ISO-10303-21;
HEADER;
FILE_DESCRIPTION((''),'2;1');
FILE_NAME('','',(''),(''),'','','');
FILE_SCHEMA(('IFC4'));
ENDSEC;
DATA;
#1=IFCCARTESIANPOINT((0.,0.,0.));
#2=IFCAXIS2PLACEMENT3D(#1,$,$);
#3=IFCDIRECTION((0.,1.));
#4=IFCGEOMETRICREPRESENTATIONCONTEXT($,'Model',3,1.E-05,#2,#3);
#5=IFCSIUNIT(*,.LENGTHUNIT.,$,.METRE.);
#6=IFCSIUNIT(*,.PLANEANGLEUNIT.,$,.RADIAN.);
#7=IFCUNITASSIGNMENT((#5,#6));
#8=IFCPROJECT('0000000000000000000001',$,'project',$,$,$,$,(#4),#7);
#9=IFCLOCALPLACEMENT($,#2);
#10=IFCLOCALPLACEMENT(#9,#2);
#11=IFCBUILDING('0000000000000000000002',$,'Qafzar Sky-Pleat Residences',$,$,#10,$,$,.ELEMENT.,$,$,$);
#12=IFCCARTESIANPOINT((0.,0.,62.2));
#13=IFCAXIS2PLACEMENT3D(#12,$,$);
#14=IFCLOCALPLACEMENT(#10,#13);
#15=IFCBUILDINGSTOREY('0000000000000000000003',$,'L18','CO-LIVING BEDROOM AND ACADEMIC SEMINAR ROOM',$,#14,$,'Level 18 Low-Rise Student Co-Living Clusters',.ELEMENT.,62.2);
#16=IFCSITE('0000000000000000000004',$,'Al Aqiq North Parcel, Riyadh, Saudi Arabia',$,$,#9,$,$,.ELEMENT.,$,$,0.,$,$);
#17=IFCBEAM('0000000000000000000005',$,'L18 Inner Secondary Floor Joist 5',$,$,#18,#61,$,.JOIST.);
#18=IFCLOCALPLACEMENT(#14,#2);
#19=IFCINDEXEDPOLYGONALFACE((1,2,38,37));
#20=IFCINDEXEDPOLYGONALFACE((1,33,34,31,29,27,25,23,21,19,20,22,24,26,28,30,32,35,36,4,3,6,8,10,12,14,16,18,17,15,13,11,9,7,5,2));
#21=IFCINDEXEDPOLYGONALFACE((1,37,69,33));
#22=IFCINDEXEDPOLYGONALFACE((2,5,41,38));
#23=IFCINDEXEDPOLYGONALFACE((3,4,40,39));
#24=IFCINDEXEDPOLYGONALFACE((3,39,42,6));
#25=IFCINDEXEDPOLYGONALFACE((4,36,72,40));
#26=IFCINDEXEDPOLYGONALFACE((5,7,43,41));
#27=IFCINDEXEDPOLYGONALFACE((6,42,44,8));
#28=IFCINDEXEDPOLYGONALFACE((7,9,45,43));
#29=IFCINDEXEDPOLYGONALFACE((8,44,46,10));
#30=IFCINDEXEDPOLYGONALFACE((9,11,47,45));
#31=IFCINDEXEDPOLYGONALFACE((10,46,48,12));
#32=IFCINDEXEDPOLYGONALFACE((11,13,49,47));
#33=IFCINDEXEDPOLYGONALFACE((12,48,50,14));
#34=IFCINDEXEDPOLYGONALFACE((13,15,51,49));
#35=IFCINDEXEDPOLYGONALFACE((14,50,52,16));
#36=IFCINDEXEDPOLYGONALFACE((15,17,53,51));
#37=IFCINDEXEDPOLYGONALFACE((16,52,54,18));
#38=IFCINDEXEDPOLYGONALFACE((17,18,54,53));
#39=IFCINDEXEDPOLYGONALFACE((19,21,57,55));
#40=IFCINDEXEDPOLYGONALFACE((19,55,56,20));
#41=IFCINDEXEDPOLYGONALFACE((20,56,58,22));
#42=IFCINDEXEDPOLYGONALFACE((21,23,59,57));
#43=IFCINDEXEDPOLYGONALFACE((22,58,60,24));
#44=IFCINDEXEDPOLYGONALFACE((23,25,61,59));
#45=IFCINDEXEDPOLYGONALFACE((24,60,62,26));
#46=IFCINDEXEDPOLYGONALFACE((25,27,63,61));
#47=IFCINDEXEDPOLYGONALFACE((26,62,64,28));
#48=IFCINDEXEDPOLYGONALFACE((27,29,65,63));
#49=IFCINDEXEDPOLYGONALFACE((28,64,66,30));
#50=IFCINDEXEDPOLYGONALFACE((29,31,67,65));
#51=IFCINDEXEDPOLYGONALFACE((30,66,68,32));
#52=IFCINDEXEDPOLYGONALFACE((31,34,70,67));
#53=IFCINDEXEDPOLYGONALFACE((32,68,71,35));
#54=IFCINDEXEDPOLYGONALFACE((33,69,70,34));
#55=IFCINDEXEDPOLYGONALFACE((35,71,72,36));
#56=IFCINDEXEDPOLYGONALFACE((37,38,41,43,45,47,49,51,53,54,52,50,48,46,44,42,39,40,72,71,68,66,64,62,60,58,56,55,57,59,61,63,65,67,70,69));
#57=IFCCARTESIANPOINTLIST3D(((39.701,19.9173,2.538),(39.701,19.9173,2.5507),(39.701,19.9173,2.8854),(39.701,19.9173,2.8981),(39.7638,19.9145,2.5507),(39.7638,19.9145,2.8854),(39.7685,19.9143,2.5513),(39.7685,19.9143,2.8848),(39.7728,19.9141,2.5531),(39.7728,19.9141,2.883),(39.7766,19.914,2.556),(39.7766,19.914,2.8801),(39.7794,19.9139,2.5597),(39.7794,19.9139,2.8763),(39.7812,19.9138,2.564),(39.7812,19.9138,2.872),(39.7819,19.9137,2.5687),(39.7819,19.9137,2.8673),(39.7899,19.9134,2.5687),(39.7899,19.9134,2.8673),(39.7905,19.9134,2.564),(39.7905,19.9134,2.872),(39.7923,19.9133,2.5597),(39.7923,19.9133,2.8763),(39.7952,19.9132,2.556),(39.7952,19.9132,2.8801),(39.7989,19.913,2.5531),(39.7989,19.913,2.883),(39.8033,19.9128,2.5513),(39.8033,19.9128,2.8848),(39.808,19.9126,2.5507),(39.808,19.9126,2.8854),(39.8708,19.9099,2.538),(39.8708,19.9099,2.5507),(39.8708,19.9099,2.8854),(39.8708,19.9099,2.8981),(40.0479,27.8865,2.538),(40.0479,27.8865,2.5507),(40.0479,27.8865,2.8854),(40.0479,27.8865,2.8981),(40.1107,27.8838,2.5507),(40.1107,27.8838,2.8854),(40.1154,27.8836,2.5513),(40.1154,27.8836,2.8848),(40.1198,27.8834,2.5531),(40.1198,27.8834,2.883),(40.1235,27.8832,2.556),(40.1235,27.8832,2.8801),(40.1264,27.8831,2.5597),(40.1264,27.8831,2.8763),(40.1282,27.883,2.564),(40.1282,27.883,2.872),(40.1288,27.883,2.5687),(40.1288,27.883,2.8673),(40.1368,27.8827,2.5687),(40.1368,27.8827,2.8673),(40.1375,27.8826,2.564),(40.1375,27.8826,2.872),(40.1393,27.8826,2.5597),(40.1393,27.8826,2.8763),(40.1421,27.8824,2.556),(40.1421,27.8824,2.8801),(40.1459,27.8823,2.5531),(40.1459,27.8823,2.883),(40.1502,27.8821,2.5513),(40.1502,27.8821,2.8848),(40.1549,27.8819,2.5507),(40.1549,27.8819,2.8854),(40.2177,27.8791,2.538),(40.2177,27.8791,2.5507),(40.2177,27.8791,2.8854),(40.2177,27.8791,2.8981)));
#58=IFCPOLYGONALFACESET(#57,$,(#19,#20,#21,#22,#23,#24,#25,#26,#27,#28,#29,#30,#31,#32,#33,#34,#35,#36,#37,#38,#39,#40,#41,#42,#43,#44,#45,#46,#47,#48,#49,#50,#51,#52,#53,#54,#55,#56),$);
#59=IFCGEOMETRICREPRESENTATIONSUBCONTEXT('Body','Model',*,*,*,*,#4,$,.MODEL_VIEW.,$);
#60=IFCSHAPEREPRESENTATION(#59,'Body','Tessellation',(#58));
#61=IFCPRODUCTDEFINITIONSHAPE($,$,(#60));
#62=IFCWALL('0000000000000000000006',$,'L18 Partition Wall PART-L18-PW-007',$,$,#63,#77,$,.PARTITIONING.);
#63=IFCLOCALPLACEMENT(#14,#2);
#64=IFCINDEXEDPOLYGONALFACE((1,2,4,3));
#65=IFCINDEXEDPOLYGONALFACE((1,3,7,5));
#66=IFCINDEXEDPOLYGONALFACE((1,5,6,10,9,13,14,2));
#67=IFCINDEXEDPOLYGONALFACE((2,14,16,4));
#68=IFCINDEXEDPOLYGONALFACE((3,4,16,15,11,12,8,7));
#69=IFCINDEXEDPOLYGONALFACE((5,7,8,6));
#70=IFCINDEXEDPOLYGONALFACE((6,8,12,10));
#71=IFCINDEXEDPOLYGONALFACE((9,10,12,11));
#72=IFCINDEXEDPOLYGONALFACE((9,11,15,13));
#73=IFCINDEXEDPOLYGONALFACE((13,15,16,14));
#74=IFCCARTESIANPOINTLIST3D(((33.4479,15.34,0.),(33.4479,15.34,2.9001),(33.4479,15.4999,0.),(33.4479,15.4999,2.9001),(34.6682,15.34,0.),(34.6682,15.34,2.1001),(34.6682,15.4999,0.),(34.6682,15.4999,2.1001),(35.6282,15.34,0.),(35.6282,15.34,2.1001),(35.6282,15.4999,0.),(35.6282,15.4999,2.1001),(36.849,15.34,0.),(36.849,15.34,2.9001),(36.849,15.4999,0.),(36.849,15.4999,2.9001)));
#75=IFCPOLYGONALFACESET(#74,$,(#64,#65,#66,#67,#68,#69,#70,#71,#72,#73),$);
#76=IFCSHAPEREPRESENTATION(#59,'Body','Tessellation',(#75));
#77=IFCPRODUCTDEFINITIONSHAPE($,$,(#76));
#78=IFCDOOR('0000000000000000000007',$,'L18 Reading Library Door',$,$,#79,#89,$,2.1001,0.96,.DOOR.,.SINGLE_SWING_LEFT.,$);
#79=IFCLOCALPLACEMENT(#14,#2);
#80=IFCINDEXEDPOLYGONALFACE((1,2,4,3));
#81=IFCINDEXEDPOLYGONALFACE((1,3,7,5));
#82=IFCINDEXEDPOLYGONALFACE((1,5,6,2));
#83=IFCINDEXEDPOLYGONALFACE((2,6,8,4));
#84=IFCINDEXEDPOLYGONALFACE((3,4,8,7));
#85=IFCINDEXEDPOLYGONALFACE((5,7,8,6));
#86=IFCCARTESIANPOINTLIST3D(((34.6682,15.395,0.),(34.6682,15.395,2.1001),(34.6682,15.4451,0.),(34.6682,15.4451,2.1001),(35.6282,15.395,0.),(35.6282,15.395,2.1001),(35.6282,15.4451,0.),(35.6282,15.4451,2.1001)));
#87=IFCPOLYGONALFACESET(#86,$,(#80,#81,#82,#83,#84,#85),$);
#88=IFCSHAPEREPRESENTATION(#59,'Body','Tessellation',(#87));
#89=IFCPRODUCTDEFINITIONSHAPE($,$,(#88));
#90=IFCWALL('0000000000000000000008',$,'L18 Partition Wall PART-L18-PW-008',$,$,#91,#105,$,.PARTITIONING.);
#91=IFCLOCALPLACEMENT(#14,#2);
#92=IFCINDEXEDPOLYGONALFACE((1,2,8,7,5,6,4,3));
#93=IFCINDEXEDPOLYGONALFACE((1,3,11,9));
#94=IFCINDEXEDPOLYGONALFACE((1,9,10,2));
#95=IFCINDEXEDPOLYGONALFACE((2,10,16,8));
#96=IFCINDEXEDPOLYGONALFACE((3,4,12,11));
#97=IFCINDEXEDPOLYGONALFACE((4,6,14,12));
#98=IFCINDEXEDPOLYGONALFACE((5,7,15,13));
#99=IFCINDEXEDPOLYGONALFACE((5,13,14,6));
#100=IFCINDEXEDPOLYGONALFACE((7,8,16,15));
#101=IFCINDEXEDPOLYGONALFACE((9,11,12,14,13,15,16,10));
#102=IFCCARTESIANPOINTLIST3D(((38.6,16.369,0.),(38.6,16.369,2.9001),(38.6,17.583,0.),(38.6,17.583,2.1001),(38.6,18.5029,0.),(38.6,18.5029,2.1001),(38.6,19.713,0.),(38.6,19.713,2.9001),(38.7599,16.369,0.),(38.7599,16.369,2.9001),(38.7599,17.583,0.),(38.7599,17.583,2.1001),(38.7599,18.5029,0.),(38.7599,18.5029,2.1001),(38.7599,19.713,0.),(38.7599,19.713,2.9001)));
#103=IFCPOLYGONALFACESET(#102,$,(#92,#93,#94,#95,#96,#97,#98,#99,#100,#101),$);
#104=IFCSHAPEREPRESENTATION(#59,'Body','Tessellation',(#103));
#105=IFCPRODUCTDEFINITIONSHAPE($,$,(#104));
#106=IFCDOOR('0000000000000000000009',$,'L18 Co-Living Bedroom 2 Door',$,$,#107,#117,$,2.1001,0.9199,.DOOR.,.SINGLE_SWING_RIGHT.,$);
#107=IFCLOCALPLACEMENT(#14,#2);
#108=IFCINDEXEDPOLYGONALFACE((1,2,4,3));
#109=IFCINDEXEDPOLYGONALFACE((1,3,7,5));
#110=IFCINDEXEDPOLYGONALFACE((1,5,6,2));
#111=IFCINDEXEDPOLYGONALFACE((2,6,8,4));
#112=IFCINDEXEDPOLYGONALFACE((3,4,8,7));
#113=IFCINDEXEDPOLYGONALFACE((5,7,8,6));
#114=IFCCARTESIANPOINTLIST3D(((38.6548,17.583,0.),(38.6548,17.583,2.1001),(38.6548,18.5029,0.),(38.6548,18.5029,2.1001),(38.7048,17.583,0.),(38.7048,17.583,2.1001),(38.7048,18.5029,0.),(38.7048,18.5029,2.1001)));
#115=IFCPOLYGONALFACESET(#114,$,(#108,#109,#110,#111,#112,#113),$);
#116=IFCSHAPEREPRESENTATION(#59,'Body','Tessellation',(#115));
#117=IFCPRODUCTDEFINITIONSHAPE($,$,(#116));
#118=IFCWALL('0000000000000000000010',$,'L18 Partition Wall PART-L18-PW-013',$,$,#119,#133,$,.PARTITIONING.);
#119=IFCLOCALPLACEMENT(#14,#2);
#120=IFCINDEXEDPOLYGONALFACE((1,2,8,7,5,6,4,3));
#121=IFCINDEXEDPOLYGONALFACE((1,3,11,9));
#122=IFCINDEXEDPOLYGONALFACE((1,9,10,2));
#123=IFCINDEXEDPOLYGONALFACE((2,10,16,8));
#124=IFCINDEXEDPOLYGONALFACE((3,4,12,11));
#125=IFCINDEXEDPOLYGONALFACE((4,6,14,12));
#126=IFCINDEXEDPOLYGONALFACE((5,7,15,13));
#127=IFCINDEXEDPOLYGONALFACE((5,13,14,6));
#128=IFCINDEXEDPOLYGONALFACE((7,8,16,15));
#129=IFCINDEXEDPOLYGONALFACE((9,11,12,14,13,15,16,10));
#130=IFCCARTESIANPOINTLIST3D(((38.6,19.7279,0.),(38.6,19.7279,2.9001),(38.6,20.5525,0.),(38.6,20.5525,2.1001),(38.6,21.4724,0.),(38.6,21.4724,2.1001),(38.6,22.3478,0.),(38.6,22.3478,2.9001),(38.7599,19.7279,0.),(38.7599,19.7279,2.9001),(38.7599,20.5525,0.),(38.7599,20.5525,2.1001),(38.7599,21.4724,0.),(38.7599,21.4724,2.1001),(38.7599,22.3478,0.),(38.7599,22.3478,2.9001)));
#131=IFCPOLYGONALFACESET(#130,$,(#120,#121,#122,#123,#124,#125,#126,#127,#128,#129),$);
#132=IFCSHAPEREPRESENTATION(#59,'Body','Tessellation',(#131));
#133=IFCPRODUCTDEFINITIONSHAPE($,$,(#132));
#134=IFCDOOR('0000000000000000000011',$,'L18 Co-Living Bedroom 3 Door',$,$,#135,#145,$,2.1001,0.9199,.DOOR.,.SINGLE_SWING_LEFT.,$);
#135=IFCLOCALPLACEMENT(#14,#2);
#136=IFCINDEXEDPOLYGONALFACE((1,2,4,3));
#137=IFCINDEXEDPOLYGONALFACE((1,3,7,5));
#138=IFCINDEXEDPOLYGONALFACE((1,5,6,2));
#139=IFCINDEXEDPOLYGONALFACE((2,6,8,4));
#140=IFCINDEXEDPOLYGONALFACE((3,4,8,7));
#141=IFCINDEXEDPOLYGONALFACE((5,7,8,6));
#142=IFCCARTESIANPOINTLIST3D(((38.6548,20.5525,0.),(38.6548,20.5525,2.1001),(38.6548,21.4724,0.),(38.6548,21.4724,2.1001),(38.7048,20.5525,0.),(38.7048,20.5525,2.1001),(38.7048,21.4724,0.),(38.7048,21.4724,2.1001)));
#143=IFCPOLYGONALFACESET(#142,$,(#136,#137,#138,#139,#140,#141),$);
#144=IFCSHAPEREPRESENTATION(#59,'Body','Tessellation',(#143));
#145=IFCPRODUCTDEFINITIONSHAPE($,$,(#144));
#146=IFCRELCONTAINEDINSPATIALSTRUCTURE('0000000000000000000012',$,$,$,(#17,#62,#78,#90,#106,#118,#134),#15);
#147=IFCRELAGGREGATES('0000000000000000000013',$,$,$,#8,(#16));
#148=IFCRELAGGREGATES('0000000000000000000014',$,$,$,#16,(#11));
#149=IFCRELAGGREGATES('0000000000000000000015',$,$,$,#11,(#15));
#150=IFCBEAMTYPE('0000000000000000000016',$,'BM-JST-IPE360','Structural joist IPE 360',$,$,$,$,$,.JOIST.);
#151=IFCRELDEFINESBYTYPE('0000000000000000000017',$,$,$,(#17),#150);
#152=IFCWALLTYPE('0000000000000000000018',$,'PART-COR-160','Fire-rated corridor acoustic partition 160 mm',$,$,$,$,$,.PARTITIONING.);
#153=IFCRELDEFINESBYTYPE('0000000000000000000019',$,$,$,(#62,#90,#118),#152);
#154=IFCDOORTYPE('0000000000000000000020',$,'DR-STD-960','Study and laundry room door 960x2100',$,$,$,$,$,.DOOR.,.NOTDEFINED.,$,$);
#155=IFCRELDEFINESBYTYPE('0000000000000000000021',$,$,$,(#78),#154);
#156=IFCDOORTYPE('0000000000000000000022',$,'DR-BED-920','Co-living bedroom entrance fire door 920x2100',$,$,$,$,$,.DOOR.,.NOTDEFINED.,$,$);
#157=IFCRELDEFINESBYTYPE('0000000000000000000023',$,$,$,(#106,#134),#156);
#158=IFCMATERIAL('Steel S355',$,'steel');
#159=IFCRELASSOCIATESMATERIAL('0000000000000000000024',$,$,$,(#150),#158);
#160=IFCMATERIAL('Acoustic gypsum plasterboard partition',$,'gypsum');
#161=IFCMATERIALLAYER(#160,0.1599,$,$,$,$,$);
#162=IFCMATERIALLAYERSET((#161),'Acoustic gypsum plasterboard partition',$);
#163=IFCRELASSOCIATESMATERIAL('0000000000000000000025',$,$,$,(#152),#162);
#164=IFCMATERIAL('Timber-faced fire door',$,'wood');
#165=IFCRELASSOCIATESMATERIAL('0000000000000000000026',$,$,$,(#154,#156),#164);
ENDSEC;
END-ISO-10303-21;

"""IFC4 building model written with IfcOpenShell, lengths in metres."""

from ifc_helpers import new_model, si_unit, direction, frame, frame_2d, origin, origin_2d, place, context, subcontext, project, spatial, rectangle, i_section, extrude, source, transform, mapped, material, layer, layer_set, material_profile, profile_set, type_object, element, fill, save


model = new_model("IFC4")

# Units and contexts
model_context = context("Model", 3, precision=1e-05, world=origin(), true_north=direction((0.0, 1.0)))
body_context = subcontext(model_context, "Body", "Model", "MODEL_VIEW")
ifc_project = project(units=[si_unit("LENGTHUNIT", "METRE"), si_unit("PLANEANGLEUNIT", "RADIAN")], contexts=[model_context])

# Site, building, storey
site_placement = place(None, origin())
site = spatial("IfcSite", under=ifc_project, at=site_placement, Name="Al Aqiq North Parcel, Riyadh, Saudi Arabia", CompositionType="ELEMENT", RefElevation=0.0)
building_placement = place(site_placement, origin())
building = spatial("IfcBuilding", under=site, at=building_placement, Name="Qafzar Sky-Pleat Residences", CompositionType="ELEMENT")
storey_placement = place(building_placement, frame((0.0, 0.0, 62.2)))
storey = spatial("IfcBuildingStorey", under=building, at=storey_placement, Name="L18", Description="CO-LIVING BEDROOM AND ACADEMIC SEMINAR ROOM", LongName="Level 18 Low-Rise Student Co-Living Clusters", CompositionType="ELEMENT", Elevation=62.2)

# Beam
ifc_material_1 = material(Name="Steel S355", Category="steel")
ifc_material_profile = material_profile(ifc_material_1, i_section(OverallWidth=0.1699, OverallDepth=0.3601, WebThickness=0.0081, FlangeThickness=0.0127, FilletRadius=0.0181, at=origin_2d()), Name="IPE 360")
ifc_profile_set = profile_set([ifc_material_profile], Name="Steel S355")
beam_type = type_object("IfcBeamType", Name="BM-JST-IPE360", Description="Structural joist IPE 360", PredefinedType="JOIST", material=ifc_profile_set)
shared_shape_1 = source(origin(), body_context, "Body", "SweptSolid", [
    extrude(i_section(OverallWidth=0.1699, OverallDepth=0.3601, WebThickness=0.0081, FlangeThickness=0.0127, FilletRadius=0.0181, at=origin_2d()), origin(), (0.0, 0.0, 1.0), 7.9768),
])
beam_placement = place(storey_placement, frame((39.7859, 19.9136, 2.718), z_axis=(0.043492, 0.999054, 0.0), x_axis=(-0.999054, 0.043492, 0.0)))
element("IfcBeam", 1, at=beam_placement, inside=storey, type_object=beam_type, Name="L18 Inner Secondary Floor Joist 5", PredefinedType="JOIST", context=body_context, shape_type="MappedRepresentation", body=[
    mapped(shared_shape_1, transform((0.0, 0.0, 0.0), x_axis=(1.0, 0.0, 0.0), y_axis=(0.0, 1.0, 0.0), z_axis=(0.0, 0.0, 1.0), scale=1.0)),
])

# Walls, openings, doors
ifc_material_2 = material(Name="Acoustic gypsum plasterboard partition", Category="gypsum")
ifc_layer_1 = layer(ifc_material_2, 0.1599)
ifc_layer_set_1 = layer_set([ifc_layer_1], Name="Acoustic gypsum plasterboard partition")
wall_type_1 = type_object("IfcWallType", Name="PART-COR-160", Description="Fire-rated corridor acoustic partition 160 mm", PredefinedType="PARTITIONING", material=ifc_layer_set_1)
wall_1_placement = place(storey_placement, frame((36.8491, 15.4199, 0.0), z_axis=(0.0, 0.0, 1.0), x_axis=(-1.0, 0.0, 0.0)))
wall_1 = element("IfcWall", 2, at=wall_1_placement, inside=storey, type_object=wall_type_1, Name="L18 Partition Wall PART-L18-PW-007", PredefinedType="PARTITIONING", context=body_context, shape_type="SweptSolid", body=[
    extrude(rectangle(XDim=3.4011, YDim=0.1599, at=frame_2d((1.7007, 0.0))), origin(), (0.0, 0.0, 1.0), 2.9001),
])
opening_1_placement = place(wall_1_placement, frame((1.2209, 0.0, 0.0)))
opening_1 = element("IfcOpeningElement", 3, at=opening_1_placement, cuts=wall_1, PredefinedType="OPENING", context=body_context, shape_type="SweptSolid", body=[
    extrude(rectangle(XDim=0.96, YDim=2.1001, at=frame_2d((0.48, 1.05))), frame((0.0, 0.0898, 0.0), z_axis=(0.0, -1.0, 0.0), x_axis=(1.0, 0.0, 0.0)), (0.0, 0.0, 1.0), 0.1799),
])
ifc_material_3 = material(Name="Timber-faced fire door", Category="wood")
door_type_1 = type_object("IfcDoorType", Name="DR-STD-960", Description="Study and laundry room door 960x2100", OperationType="NOTDEFINED", PredefinedType="DOOR", material=ifc_material_3)
shared_shape_2 = source(origin(), body_context, "Body", "SweptSolid", [
    extrude(rectangle(XDim=0.96, YDim=2.1001, at=frame_2d((0.48, 1.05))), frame((0.0, 0.0249, 0.0), z_axis=(0.0, -1.0, 0.0), x_axis=(1.0, 0.0, 0.0)), (0.0, 0.0, 1.0), 0.05),
])
door_1_placement = place(opening_1_placement, origin())
door_1 = element("IfcDoor", 4, at=door_1_placement, inside=storey, type_object=door_type_1, Name="L18 Reading Library Door", OperationType="SINGLE_SWING_LEFT", OverallHeight=2.1001, OverallWidth=0.96, PredefinedType="DOOR", context=body_context, shape_type="MappedRepresentation", body=[
    mapped(shared_shape_2, transform((0.0, 0.0, 0.0), x_axis=(1.0, 0.0, 0.0), y_axis=(0.0, 1.0, 0.0), z_axis=(0.0, 0.0, 1.0), scale=1.0)),
])
fill(opening_1, door_1)
wall_2_placement = place(storey_placement, frame((38.6799, 19.7129, 0.0), z_axis=(0.0, 0.0, 1.0), x_axis=(0.0, -1.0, 0.0)))
wall_2 = element("IfcWall", 5, at=wall_2_placement, inside=storey, type_object=wall_type_1, Name="L18 Partition Wall PART-L18-PW-008", PredefinedType="PARTITIONING", context=body_context, shape_type="SweptSolid", body=[
    extrude(rectangle(XDim=3.344, YDim=0.1599, at=frame_2d((1.6719, 0.0))), origin(), (0.0, 0.0, 1.0), 2.9001),
])
opening_2_placement = place(wall_2_placement, frame((1.21, 0.0, 0.0)))
opening_2 = element("IfcOpeningElement", 6, at=opening_2_placement, cuts=wall_2, PredefinedType="OPENING", context=body_context, shape_type="SweptSolid", body=[
    extrude(rectangle(XDim=0.9199, YDim=2.1001, at=frame_2d((0.46, 1.05))), frame((0.0, 0.0898, 0.0), z_axis=(0.0, -1.0, 0.0), x_axis=(1.0, 0.0, 0.0)), (0.0, 0.0, 1.0), 0.1799),
])
door_type_2 = type_object("IfcDoorType", Name="DR-BED-920", Description="Co-living bedroom entrance fire door 920x2100", OperationType="NOTDEFINED", PredefinedType="DOOR", material=ifc_material_3)
shared_shape_3 = source(origin(), body_context, "Body", "SweptSolid", [
    extrude(rectangle(XDim=0.9199, YDim=2.1001, at=frame_2d((0.46, 1.05))), frame((0.0, 0.0249, 0.0), z_axis=(0.0, -1.0, 0.0), x_axis=(1.0, 0.0, 0.0)), (0.0, 0.0, 1.0), 0.05),
])
door_2_placement = place(opening_2_placement, origin())
door_2 = element("IfcDoor", 7, at=door_2_placement, inside=storey, type_object=door_type_2, Name="L18 Co-Living Bedroom 2 Door", OperationType="SINGLE_SWING_RIGHT", OverallHeight=2.1001, OverallWidth=0.9199, PredefinedType="DOOR", context=body_context, shape_type="MappedRepresentation", body=[
    mapped(shared_shape_3, transform((0.0, 0.0, 0.0), x_axis=(1.0, 0.0, 0.0), y_axis=(0.0, 1.0, 0.0), z_axis=(0.0, 0.0, 1.0), scale=1.0)),
])
fill(opening_2, door_2)
wall_3_placement = place(storey_placement, frame((38.6799, 22.3479, 0.0), z_axis=(0.0, 0.0, 1.0), x_axis=(0.0, -1.0, 0.0)))
wall_3 = element("IfcWall", 8, at=wall_3_placement, inside=storey, type_object=wall_type_1, Name="L18 Partition Wall PART-L18-PW-013", PredefinedType="PARTITIONING", context=body_context, shape_type="SweptSolid", body=[
    extrude(rectangle(XDim=2.6199, YDim=0.1599, at=frame_2d((1.3101, 0.0))), origin(), (0.0, 0.0, 1.0), 2.9001),
])
opening_3_placement = place(wall_3_placement, frame((0.8755, 0.0, 0.0)))
opening_3 = element("IfcOpeningElement", 9, at=opening_3_placement, cuts=wall_3, PredefinedType="OPENING", context=body_context, shape_type="SweptSolid", body=[
    extrude(rectangle(XDim=0.9199, YDim=2.1001, at=frame_2d((0.46, 1.05))), frame((0.0, 0.0898, 0.0), z_axis=(0.0, -1.0, 0.0), x_axis=(1.0, 0.0, 0.0)), (0.0, 0.0, 1.0), 0.1799),
])
door_3_placement = place(opening_3_placement, origin())
door_3 = element("IfcDoor", 10, at=door_3_placement, inside=storey, type_object=door_type_2, Name="L18 Co-Living Bedroom 3 Door", OperationType="SINGLE_SWING_LEFT", OverallHeight=2.1001, OverallWidth=0.9199, PredefinedType="DOOR", context=body_context, shape_type="MappedRepresentation", body=[
    mapped(shared_shape_3, transform((0.0, 0.0, 0.0), x_axis=(1.0, 0.0, 0.0), y_axis=(0.0, 1.0, 0.0), z_axis=(0.0, 0.0, 1.0), scale=1.0)),
])
fill(opening_3, door_3)

save(model, "model.ifc")
